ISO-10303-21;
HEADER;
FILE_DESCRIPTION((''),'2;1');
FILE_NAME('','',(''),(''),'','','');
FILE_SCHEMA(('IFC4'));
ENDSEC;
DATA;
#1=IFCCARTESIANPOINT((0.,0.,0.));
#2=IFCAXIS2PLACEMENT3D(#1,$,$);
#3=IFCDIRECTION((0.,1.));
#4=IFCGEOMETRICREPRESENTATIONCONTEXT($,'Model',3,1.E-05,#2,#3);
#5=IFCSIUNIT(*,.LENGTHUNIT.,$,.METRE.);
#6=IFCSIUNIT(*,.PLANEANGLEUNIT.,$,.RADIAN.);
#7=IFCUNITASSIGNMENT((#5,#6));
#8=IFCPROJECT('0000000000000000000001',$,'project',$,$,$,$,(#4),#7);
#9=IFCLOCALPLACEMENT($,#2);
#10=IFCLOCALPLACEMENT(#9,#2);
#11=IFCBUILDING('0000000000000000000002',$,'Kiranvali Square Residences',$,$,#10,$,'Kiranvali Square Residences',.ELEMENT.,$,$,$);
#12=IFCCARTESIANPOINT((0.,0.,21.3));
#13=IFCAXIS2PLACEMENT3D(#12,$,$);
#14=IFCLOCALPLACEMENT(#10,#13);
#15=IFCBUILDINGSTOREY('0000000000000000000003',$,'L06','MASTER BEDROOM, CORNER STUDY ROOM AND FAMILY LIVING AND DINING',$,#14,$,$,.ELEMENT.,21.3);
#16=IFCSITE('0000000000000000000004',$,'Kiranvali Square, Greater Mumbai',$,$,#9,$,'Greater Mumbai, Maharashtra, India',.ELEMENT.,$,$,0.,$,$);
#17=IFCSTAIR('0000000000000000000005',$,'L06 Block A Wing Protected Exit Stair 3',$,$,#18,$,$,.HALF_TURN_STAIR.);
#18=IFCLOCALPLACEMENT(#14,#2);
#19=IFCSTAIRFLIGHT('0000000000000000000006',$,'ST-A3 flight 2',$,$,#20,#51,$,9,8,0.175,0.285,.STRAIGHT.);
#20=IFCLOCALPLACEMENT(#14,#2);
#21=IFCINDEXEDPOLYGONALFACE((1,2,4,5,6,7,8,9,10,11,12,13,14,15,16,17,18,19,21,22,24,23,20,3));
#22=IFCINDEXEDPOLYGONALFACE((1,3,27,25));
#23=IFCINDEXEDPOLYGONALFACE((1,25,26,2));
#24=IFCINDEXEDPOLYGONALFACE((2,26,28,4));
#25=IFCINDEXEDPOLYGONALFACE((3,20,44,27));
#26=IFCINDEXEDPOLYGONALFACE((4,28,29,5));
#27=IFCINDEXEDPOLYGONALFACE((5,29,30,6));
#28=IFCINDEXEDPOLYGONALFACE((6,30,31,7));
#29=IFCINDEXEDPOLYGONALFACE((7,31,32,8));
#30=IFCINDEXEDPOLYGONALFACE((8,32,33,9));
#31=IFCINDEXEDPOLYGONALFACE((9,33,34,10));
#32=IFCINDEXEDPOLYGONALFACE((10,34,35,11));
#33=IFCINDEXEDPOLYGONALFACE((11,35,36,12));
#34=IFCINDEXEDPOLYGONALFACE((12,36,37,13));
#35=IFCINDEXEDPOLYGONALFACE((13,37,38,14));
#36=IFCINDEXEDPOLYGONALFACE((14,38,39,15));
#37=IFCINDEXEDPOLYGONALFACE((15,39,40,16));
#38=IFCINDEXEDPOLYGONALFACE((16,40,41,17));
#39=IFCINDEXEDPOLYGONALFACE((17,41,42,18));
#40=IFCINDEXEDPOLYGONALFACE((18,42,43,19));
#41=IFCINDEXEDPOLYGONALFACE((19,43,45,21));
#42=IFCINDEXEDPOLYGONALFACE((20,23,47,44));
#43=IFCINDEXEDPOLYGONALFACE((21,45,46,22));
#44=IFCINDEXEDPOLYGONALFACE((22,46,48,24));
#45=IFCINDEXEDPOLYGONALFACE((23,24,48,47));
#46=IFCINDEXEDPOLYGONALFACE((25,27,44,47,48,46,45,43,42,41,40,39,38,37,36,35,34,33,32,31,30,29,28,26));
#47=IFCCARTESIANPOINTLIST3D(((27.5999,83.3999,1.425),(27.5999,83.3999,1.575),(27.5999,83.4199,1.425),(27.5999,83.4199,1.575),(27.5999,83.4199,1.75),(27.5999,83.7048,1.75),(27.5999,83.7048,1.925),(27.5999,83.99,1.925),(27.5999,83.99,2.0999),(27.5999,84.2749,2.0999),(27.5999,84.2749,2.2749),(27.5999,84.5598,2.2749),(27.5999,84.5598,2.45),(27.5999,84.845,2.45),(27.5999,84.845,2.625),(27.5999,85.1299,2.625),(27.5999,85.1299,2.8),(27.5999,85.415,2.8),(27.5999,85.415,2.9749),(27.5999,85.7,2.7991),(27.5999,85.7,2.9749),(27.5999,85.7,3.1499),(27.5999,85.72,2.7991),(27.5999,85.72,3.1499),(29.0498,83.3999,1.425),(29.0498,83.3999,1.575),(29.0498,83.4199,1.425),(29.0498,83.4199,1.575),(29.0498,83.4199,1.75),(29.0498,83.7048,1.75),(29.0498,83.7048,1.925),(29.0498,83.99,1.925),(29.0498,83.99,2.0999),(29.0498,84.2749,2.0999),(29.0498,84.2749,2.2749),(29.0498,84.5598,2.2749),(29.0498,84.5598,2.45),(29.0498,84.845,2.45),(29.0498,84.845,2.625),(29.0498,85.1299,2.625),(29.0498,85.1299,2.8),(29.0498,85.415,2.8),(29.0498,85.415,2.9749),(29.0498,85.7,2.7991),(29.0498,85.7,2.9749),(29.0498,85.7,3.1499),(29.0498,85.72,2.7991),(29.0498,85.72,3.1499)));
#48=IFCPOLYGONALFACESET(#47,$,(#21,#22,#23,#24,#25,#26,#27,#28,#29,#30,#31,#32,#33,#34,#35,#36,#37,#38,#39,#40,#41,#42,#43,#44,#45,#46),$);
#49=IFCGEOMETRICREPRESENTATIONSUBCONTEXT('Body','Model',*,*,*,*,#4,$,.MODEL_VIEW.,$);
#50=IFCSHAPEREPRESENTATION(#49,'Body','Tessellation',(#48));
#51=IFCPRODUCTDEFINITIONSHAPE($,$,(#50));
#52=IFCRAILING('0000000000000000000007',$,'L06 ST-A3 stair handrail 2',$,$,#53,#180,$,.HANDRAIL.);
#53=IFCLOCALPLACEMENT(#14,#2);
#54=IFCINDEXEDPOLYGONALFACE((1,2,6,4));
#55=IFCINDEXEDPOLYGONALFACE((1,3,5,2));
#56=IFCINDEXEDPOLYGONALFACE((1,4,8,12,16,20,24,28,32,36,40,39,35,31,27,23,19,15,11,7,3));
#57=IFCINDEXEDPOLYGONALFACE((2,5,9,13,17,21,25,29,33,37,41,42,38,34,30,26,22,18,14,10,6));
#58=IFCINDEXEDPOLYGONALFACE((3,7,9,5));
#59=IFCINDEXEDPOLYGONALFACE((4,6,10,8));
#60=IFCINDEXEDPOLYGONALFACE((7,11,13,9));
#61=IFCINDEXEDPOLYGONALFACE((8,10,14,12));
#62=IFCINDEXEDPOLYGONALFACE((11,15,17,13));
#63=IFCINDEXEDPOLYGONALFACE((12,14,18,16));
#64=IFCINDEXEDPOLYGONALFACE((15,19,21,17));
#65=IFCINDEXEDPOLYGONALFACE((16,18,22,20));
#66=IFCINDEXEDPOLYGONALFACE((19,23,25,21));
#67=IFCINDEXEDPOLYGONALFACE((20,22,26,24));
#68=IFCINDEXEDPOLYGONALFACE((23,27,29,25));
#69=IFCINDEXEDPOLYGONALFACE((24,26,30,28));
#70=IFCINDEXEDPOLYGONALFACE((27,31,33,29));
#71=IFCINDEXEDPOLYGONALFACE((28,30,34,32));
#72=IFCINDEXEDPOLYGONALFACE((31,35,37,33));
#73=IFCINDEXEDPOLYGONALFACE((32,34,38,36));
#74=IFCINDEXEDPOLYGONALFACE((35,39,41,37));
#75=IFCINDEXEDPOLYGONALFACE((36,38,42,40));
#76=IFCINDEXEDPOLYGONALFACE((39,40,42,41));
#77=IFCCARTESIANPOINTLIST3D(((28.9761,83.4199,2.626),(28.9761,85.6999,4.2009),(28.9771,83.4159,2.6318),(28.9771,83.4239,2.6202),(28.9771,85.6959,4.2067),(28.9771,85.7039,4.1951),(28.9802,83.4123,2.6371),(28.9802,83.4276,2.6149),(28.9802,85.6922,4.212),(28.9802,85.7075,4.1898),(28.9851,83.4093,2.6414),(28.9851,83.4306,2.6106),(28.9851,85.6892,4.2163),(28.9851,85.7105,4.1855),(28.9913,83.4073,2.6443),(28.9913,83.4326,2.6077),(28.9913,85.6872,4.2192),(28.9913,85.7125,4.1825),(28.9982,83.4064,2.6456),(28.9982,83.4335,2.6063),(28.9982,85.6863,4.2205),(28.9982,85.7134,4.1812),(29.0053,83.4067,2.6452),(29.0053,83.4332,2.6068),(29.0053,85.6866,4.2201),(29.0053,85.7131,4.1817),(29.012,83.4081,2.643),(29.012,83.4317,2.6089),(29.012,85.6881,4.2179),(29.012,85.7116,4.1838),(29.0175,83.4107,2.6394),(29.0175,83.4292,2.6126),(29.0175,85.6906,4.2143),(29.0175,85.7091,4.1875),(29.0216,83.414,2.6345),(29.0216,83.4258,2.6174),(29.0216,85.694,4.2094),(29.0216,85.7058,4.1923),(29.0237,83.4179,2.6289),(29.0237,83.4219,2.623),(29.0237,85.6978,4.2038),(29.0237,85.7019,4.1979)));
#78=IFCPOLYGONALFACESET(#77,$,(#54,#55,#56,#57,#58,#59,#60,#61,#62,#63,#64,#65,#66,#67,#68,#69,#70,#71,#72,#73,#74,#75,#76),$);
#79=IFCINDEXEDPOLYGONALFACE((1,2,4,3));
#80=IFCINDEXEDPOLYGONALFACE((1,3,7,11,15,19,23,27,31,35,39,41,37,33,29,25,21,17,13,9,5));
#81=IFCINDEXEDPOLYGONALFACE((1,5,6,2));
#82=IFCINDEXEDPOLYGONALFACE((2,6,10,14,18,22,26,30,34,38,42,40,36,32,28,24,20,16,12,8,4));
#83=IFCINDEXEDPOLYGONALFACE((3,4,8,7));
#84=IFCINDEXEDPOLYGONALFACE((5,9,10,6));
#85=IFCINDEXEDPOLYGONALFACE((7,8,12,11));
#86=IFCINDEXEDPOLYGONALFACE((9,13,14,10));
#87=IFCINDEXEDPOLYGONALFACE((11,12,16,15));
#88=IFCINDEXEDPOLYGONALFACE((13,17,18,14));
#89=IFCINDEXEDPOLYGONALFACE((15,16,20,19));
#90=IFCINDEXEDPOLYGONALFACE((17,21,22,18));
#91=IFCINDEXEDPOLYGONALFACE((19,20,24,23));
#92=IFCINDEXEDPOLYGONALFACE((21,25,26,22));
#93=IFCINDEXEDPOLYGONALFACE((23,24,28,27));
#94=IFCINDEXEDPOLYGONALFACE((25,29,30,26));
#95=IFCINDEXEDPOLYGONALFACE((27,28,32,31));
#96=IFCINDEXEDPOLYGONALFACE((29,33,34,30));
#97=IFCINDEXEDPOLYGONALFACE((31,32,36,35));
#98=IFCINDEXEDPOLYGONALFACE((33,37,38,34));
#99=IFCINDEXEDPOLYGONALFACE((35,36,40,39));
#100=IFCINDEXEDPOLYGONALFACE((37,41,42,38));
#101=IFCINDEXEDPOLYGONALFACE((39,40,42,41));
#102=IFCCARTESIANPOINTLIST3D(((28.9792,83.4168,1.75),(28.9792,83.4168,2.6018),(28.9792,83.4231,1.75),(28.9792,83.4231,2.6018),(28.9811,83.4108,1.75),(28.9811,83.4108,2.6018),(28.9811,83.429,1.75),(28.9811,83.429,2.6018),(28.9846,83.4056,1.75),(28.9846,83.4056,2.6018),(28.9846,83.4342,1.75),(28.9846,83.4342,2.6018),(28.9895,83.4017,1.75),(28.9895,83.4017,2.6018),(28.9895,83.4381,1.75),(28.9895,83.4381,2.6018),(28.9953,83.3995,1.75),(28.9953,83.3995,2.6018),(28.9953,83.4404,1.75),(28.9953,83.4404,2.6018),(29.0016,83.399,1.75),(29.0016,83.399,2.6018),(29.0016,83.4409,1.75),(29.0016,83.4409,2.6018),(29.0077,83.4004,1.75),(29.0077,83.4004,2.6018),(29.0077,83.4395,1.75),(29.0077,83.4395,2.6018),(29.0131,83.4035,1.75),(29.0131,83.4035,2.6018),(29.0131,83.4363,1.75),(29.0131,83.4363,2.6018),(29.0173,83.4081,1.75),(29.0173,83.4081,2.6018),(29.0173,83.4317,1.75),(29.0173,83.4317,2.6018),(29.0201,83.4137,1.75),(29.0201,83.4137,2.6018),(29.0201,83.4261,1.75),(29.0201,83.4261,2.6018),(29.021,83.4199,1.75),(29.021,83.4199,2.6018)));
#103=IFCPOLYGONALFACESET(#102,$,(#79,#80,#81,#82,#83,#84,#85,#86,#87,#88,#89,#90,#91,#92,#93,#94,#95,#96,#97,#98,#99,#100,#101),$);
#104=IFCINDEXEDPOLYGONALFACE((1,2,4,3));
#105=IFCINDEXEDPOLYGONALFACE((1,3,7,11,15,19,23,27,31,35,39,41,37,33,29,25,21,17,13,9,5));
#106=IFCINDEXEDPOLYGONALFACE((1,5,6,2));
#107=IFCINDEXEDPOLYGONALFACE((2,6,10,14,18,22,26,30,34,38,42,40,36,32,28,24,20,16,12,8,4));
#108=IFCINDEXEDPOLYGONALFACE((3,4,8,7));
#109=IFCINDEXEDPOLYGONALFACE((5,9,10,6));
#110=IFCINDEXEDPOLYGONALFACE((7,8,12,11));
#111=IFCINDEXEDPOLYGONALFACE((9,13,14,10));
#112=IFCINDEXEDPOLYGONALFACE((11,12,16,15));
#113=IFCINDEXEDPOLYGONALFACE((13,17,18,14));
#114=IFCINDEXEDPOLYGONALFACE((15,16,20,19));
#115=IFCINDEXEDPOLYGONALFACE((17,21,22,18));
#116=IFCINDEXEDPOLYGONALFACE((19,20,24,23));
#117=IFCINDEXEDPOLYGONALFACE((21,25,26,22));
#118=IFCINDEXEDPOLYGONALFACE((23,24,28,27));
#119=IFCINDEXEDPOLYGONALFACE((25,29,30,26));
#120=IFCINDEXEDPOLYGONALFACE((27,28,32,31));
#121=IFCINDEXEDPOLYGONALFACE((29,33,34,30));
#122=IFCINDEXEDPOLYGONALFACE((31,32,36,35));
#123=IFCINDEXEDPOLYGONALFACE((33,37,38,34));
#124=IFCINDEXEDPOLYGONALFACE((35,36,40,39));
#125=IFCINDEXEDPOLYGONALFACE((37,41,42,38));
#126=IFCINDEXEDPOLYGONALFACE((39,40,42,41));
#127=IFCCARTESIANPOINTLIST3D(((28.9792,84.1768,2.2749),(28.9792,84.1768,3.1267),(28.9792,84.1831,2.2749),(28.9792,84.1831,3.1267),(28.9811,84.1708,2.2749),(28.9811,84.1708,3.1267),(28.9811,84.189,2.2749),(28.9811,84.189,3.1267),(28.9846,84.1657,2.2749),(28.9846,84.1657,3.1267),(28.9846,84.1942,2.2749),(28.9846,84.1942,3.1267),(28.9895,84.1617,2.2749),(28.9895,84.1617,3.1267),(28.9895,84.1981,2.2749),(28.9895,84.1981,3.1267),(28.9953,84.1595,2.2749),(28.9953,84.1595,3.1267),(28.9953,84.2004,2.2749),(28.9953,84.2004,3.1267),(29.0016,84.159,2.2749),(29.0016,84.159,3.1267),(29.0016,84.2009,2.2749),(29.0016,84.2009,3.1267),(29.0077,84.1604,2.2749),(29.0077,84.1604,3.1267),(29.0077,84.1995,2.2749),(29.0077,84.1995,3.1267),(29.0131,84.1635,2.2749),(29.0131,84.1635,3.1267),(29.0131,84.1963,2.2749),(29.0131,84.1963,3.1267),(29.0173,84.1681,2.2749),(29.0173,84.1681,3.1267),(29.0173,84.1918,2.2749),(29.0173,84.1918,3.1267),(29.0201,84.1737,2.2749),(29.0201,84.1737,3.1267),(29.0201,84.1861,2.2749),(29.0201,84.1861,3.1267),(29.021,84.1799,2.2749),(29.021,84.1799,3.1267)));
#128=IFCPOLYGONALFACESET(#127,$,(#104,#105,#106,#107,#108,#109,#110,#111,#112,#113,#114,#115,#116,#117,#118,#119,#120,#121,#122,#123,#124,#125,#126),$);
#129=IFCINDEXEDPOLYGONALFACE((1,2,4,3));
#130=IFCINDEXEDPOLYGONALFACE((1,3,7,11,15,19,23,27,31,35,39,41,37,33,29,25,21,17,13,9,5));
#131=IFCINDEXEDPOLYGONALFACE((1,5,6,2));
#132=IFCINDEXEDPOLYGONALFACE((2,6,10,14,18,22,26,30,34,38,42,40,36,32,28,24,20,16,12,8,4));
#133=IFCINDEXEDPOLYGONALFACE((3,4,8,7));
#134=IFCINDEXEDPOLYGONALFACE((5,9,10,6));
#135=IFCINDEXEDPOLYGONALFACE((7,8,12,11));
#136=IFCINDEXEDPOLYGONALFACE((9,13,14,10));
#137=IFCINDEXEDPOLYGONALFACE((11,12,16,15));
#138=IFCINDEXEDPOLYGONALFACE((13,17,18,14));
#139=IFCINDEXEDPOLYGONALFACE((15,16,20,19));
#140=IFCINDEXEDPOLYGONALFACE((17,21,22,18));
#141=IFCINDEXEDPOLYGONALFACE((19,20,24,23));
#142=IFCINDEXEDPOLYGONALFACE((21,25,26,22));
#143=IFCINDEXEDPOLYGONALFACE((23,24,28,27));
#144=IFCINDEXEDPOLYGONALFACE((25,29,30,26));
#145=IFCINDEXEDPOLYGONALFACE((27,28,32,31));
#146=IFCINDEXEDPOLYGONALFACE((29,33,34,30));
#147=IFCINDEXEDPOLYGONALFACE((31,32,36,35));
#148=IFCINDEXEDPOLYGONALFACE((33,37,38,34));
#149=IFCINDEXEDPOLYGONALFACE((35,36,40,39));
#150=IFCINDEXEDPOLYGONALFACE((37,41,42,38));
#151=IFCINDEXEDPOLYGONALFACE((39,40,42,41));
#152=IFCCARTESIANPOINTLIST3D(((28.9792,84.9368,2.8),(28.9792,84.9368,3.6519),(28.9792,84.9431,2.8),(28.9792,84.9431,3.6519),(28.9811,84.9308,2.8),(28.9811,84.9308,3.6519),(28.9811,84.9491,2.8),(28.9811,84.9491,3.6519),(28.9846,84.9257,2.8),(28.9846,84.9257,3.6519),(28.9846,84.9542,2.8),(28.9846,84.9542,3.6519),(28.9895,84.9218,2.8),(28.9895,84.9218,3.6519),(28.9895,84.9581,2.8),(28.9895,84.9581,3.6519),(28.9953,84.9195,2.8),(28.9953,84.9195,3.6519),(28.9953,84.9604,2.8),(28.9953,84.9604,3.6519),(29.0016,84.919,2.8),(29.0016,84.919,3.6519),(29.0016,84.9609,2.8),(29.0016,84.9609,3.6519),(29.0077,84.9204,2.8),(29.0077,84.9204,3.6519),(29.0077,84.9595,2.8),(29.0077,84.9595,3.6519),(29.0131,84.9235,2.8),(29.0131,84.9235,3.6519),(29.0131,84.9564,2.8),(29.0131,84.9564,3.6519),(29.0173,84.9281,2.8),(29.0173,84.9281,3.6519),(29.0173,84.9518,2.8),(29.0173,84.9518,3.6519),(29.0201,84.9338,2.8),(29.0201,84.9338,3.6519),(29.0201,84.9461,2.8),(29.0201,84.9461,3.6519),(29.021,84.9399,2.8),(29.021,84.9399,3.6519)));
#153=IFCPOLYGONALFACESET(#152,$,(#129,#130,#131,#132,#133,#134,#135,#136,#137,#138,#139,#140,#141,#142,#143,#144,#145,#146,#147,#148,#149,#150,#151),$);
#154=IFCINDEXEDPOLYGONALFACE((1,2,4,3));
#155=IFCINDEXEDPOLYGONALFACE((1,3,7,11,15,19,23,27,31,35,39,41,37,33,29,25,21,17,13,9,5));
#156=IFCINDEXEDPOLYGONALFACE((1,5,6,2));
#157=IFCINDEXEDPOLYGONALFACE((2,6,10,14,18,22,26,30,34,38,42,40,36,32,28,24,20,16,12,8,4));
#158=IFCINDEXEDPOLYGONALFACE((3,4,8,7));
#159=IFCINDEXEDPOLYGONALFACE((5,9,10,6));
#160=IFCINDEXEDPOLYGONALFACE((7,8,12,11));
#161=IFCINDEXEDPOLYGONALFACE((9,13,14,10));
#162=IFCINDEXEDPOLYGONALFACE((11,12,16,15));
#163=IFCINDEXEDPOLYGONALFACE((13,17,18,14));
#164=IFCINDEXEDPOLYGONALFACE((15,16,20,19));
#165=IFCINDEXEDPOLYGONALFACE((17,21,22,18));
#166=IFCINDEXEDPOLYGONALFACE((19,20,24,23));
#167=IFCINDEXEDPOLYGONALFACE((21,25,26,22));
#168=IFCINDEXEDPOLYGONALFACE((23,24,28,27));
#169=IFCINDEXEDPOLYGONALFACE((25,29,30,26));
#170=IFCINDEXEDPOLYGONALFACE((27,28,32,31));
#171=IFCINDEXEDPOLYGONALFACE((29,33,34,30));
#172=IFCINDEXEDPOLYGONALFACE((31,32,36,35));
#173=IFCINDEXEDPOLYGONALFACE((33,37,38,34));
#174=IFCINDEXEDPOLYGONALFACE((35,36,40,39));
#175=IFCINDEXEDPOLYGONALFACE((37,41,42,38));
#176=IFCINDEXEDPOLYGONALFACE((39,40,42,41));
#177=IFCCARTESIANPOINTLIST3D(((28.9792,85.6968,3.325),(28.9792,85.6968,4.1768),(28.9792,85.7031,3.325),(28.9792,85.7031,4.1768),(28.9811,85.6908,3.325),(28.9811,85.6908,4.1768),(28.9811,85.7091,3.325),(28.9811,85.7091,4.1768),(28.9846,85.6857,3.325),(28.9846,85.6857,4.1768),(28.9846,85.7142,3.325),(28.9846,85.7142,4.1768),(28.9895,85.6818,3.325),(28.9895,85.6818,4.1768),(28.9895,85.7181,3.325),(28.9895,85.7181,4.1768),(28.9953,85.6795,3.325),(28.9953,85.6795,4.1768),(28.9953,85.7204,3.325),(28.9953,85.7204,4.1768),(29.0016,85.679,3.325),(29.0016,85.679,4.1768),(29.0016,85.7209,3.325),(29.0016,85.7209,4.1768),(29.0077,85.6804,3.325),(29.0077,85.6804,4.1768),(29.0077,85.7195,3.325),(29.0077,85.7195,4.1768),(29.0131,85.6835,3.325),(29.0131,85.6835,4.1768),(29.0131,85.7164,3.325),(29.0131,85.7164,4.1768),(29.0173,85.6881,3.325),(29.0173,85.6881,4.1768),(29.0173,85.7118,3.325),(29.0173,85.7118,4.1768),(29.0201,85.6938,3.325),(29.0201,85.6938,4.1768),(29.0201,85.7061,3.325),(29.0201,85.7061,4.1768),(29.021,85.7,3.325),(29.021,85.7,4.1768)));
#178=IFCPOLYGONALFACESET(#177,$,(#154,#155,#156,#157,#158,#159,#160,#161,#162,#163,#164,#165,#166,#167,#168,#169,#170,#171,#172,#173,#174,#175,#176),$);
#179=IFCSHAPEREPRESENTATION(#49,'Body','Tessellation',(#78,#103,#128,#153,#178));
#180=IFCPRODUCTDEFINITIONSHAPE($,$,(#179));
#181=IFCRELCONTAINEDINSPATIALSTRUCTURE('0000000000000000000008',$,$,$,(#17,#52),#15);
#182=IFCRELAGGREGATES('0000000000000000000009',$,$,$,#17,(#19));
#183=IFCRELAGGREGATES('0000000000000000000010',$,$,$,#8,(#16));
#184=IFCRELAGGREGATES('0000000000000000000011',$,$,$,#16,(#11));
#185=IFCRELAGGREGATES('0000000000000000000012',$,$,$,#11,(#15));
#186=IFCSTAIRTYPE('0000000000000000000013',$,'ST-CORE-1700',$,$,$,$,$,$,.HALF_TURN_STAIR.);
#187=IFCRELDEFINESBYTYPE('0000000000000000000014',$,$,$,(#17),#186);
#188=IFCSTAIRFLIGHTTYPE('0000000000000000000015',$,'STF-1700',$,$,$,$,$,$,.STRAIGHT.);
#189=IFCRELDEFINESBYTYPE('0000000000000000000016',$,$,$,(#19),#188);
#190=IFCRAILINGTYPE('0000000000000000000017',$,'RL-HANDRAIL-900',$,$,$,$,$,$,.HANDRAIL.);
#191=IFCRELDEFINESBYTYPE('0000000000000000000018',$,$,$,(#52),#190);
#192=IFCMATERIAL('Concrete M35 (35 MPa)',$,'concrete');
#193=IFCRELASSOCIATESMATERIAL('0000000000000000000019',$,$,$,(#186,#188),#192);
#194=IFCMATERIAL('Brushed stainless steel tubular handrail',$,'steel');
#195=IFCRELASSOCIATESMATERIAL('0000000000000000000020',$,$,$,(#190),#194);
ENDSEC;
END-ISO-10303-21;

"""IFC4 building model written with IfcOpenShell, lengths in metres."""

from ifc_helpers import new_model, si_unit, direction, frame, origin, origin_2d, place, context, subcontext, project, spatial, polyline, circle, outline, extrude, material, type_object, element, aggregate, save


model = new_model("IFC4")

# Units and contexts
model_context = context("Model", 3, precision=1e-05, world=origin(), true_north=direction((0.0, 1.0)))
body_context = subcontext(model_context, "Body", "Model", "MODEL_VIEW")
ifc_project = project(units=[si_unit("LENGTHUNIT", "METRE"), si_unit("PLANEANGLEUNIT", "RADIAN")], contexts=[model_context])

# Site, building, storey
site_placement = place(None, origin())
site = spatial("IfcSite", under=ifc_project, at=site_placement, Name="Kiranvali Square, Greater Mumbai", LongName="Greater Mumbai, Maharashtra, India", CompositionType="ELEMENT", RefElevation=0.0)
building_placement = place(site_placement, origin())
building = spatial("IfcBuilding", under=site, at=building_placement, Name="Kiranvali Square Residences", LongName="Kiranvali Square Residences", CompositionType="ELEMENT")
storey_placement = place(building_placement, frame((0.0, 0.0, 21.3)))
storey = spatial("IfcBuildingStorey", under=building, at=storey_placement, Name="L06", Description="MASTER BEDROOM, CORNER STUDY ROOM AND FAMILY LIVING AND DINING", CompositionType="ELEMENT", Elevation=21.3)

# Stair, stair flight
ifc_material_1 = material(Name="Concrete M35 (35 MPa)", Category="concrete")
stair_type = type_object("IfcStairType", Name="ST-CORE-1700", PredefinedType="HALF_TURN_STAIR", material=ifc_material_1)
stair_placement = place(storey_placement, origin())
stair = element("IfcStair", 1, at=stair_placement, inside=storey, type_object=stair_type, Name="L06 Block A Wing Protected Exit Stair 3", PredefinedType="HALF_TURN_STAIR")
stair_flight_type = type_object("IfcStairFlightType", Name="STF-1700", PredefinedType="STRAIGHT", material=ifc_material_1)
stair_flight_placement = place(storey_placement, frame((28.325, 83.4199, 1.575), z_axis=(0.0, 0.0, 1.0), x_axis=(0.0, 1.0, 0.0)))
stair_flight = element("IfcStairFlight", 2, at=stair_flight_placement, type_object=stair_flight_type, Name="ST-A3 flight 2", NumberOfRisers=9, NumberOfTreads=8, PredefinedType="STRAIGHT", RiserHeight=0.175, TreadLength=0.285, context=body_context, shape_type="SweptSolid", body=[
    extrude(outline(polyline([(-0.02, -0.1499), (-0.02, 0.0), (0.0, 0.0), (0.0, 0.175), (0.2849, 0.175), (0.2849, 0.3501), (0.5701, 0.3501), (0.5701, 0.5249), (0.855, 0.5249), (0.855, 0.7), (1.1399, 0.7), (1.1399, 0.875), (1.425, 0.875), (1.425, 1.05), (1.71, 1.05), (1.71, 1.2251), (1.9951, 1.2251), (1.9951, 1.3999), (2.28, 1.3999), (2.28, 1.575), (2.3, 1.575), (2.3, 1.2241), (2.28, 1.2241), (0.0, -0.1499), (-0.02, -0.1499)])), frame((0.0, 0.7251, 0.0), z_axis=(0.0, -1.0, 0.0), x_axis=(1.0, 0.0, 0.0)), (0.0, 0.0, 1.0), 1.45),
])
aggregate(stair, [stair_flight])

# Railing
ifc_material_2 = material(Name="Brushed stainless steel tubular handrail", Category="steel")
railing_type_1 = type_object("IfcRailingType", Name="RL-HANDRAIL-900", PredefinedType="HANDRAIL", material=ifc_material_2)
railing_1_placement = place(storey_placement, frame((29.0, 83.4199, 1.75)))
element("IfcRailing", 3, at=railing_1_placement, inside=storey, type_object=railing_type_1, Name="L06 ST-A3 stair handrail 2", PredefinedType="HANDRAIL", context=body_context, shape_type="SweptSolid", body=[
    extrude(circle(Radius=0.0239, at=origin_2d()), frame((0.0, 0.0, 0.876), z_axis=(0.0, 0.822788, 0.568348), x_axis=(-1.0, 0.0, 0.0)), (0.0, 0.0, 1.0), 2.771),
    extrude(circle(Radius=0.021, at=origin_2d()), origin(), (0.0, 0.0, 1.0), 0.8518),
    extrude(circle(Radius=0.021, at=origin_2d()), frame((0.0, 0.76, 0.5249)), (0.0, 0.0, 1.0), 0.8518),
    extrude(circle(Radius=0.021, at=origin_2d()), frame((0.0, 1.52, 1.05)), (0.0, 0.0, 1.0), 0.8518),
    extrude(circle(Radius=0.021, at=origin_2d()), frame((0.0, 2.28, 1.575)), (0.0, 0.0, 1.0), 0.8518),
])

save(model, "model.ifc")
